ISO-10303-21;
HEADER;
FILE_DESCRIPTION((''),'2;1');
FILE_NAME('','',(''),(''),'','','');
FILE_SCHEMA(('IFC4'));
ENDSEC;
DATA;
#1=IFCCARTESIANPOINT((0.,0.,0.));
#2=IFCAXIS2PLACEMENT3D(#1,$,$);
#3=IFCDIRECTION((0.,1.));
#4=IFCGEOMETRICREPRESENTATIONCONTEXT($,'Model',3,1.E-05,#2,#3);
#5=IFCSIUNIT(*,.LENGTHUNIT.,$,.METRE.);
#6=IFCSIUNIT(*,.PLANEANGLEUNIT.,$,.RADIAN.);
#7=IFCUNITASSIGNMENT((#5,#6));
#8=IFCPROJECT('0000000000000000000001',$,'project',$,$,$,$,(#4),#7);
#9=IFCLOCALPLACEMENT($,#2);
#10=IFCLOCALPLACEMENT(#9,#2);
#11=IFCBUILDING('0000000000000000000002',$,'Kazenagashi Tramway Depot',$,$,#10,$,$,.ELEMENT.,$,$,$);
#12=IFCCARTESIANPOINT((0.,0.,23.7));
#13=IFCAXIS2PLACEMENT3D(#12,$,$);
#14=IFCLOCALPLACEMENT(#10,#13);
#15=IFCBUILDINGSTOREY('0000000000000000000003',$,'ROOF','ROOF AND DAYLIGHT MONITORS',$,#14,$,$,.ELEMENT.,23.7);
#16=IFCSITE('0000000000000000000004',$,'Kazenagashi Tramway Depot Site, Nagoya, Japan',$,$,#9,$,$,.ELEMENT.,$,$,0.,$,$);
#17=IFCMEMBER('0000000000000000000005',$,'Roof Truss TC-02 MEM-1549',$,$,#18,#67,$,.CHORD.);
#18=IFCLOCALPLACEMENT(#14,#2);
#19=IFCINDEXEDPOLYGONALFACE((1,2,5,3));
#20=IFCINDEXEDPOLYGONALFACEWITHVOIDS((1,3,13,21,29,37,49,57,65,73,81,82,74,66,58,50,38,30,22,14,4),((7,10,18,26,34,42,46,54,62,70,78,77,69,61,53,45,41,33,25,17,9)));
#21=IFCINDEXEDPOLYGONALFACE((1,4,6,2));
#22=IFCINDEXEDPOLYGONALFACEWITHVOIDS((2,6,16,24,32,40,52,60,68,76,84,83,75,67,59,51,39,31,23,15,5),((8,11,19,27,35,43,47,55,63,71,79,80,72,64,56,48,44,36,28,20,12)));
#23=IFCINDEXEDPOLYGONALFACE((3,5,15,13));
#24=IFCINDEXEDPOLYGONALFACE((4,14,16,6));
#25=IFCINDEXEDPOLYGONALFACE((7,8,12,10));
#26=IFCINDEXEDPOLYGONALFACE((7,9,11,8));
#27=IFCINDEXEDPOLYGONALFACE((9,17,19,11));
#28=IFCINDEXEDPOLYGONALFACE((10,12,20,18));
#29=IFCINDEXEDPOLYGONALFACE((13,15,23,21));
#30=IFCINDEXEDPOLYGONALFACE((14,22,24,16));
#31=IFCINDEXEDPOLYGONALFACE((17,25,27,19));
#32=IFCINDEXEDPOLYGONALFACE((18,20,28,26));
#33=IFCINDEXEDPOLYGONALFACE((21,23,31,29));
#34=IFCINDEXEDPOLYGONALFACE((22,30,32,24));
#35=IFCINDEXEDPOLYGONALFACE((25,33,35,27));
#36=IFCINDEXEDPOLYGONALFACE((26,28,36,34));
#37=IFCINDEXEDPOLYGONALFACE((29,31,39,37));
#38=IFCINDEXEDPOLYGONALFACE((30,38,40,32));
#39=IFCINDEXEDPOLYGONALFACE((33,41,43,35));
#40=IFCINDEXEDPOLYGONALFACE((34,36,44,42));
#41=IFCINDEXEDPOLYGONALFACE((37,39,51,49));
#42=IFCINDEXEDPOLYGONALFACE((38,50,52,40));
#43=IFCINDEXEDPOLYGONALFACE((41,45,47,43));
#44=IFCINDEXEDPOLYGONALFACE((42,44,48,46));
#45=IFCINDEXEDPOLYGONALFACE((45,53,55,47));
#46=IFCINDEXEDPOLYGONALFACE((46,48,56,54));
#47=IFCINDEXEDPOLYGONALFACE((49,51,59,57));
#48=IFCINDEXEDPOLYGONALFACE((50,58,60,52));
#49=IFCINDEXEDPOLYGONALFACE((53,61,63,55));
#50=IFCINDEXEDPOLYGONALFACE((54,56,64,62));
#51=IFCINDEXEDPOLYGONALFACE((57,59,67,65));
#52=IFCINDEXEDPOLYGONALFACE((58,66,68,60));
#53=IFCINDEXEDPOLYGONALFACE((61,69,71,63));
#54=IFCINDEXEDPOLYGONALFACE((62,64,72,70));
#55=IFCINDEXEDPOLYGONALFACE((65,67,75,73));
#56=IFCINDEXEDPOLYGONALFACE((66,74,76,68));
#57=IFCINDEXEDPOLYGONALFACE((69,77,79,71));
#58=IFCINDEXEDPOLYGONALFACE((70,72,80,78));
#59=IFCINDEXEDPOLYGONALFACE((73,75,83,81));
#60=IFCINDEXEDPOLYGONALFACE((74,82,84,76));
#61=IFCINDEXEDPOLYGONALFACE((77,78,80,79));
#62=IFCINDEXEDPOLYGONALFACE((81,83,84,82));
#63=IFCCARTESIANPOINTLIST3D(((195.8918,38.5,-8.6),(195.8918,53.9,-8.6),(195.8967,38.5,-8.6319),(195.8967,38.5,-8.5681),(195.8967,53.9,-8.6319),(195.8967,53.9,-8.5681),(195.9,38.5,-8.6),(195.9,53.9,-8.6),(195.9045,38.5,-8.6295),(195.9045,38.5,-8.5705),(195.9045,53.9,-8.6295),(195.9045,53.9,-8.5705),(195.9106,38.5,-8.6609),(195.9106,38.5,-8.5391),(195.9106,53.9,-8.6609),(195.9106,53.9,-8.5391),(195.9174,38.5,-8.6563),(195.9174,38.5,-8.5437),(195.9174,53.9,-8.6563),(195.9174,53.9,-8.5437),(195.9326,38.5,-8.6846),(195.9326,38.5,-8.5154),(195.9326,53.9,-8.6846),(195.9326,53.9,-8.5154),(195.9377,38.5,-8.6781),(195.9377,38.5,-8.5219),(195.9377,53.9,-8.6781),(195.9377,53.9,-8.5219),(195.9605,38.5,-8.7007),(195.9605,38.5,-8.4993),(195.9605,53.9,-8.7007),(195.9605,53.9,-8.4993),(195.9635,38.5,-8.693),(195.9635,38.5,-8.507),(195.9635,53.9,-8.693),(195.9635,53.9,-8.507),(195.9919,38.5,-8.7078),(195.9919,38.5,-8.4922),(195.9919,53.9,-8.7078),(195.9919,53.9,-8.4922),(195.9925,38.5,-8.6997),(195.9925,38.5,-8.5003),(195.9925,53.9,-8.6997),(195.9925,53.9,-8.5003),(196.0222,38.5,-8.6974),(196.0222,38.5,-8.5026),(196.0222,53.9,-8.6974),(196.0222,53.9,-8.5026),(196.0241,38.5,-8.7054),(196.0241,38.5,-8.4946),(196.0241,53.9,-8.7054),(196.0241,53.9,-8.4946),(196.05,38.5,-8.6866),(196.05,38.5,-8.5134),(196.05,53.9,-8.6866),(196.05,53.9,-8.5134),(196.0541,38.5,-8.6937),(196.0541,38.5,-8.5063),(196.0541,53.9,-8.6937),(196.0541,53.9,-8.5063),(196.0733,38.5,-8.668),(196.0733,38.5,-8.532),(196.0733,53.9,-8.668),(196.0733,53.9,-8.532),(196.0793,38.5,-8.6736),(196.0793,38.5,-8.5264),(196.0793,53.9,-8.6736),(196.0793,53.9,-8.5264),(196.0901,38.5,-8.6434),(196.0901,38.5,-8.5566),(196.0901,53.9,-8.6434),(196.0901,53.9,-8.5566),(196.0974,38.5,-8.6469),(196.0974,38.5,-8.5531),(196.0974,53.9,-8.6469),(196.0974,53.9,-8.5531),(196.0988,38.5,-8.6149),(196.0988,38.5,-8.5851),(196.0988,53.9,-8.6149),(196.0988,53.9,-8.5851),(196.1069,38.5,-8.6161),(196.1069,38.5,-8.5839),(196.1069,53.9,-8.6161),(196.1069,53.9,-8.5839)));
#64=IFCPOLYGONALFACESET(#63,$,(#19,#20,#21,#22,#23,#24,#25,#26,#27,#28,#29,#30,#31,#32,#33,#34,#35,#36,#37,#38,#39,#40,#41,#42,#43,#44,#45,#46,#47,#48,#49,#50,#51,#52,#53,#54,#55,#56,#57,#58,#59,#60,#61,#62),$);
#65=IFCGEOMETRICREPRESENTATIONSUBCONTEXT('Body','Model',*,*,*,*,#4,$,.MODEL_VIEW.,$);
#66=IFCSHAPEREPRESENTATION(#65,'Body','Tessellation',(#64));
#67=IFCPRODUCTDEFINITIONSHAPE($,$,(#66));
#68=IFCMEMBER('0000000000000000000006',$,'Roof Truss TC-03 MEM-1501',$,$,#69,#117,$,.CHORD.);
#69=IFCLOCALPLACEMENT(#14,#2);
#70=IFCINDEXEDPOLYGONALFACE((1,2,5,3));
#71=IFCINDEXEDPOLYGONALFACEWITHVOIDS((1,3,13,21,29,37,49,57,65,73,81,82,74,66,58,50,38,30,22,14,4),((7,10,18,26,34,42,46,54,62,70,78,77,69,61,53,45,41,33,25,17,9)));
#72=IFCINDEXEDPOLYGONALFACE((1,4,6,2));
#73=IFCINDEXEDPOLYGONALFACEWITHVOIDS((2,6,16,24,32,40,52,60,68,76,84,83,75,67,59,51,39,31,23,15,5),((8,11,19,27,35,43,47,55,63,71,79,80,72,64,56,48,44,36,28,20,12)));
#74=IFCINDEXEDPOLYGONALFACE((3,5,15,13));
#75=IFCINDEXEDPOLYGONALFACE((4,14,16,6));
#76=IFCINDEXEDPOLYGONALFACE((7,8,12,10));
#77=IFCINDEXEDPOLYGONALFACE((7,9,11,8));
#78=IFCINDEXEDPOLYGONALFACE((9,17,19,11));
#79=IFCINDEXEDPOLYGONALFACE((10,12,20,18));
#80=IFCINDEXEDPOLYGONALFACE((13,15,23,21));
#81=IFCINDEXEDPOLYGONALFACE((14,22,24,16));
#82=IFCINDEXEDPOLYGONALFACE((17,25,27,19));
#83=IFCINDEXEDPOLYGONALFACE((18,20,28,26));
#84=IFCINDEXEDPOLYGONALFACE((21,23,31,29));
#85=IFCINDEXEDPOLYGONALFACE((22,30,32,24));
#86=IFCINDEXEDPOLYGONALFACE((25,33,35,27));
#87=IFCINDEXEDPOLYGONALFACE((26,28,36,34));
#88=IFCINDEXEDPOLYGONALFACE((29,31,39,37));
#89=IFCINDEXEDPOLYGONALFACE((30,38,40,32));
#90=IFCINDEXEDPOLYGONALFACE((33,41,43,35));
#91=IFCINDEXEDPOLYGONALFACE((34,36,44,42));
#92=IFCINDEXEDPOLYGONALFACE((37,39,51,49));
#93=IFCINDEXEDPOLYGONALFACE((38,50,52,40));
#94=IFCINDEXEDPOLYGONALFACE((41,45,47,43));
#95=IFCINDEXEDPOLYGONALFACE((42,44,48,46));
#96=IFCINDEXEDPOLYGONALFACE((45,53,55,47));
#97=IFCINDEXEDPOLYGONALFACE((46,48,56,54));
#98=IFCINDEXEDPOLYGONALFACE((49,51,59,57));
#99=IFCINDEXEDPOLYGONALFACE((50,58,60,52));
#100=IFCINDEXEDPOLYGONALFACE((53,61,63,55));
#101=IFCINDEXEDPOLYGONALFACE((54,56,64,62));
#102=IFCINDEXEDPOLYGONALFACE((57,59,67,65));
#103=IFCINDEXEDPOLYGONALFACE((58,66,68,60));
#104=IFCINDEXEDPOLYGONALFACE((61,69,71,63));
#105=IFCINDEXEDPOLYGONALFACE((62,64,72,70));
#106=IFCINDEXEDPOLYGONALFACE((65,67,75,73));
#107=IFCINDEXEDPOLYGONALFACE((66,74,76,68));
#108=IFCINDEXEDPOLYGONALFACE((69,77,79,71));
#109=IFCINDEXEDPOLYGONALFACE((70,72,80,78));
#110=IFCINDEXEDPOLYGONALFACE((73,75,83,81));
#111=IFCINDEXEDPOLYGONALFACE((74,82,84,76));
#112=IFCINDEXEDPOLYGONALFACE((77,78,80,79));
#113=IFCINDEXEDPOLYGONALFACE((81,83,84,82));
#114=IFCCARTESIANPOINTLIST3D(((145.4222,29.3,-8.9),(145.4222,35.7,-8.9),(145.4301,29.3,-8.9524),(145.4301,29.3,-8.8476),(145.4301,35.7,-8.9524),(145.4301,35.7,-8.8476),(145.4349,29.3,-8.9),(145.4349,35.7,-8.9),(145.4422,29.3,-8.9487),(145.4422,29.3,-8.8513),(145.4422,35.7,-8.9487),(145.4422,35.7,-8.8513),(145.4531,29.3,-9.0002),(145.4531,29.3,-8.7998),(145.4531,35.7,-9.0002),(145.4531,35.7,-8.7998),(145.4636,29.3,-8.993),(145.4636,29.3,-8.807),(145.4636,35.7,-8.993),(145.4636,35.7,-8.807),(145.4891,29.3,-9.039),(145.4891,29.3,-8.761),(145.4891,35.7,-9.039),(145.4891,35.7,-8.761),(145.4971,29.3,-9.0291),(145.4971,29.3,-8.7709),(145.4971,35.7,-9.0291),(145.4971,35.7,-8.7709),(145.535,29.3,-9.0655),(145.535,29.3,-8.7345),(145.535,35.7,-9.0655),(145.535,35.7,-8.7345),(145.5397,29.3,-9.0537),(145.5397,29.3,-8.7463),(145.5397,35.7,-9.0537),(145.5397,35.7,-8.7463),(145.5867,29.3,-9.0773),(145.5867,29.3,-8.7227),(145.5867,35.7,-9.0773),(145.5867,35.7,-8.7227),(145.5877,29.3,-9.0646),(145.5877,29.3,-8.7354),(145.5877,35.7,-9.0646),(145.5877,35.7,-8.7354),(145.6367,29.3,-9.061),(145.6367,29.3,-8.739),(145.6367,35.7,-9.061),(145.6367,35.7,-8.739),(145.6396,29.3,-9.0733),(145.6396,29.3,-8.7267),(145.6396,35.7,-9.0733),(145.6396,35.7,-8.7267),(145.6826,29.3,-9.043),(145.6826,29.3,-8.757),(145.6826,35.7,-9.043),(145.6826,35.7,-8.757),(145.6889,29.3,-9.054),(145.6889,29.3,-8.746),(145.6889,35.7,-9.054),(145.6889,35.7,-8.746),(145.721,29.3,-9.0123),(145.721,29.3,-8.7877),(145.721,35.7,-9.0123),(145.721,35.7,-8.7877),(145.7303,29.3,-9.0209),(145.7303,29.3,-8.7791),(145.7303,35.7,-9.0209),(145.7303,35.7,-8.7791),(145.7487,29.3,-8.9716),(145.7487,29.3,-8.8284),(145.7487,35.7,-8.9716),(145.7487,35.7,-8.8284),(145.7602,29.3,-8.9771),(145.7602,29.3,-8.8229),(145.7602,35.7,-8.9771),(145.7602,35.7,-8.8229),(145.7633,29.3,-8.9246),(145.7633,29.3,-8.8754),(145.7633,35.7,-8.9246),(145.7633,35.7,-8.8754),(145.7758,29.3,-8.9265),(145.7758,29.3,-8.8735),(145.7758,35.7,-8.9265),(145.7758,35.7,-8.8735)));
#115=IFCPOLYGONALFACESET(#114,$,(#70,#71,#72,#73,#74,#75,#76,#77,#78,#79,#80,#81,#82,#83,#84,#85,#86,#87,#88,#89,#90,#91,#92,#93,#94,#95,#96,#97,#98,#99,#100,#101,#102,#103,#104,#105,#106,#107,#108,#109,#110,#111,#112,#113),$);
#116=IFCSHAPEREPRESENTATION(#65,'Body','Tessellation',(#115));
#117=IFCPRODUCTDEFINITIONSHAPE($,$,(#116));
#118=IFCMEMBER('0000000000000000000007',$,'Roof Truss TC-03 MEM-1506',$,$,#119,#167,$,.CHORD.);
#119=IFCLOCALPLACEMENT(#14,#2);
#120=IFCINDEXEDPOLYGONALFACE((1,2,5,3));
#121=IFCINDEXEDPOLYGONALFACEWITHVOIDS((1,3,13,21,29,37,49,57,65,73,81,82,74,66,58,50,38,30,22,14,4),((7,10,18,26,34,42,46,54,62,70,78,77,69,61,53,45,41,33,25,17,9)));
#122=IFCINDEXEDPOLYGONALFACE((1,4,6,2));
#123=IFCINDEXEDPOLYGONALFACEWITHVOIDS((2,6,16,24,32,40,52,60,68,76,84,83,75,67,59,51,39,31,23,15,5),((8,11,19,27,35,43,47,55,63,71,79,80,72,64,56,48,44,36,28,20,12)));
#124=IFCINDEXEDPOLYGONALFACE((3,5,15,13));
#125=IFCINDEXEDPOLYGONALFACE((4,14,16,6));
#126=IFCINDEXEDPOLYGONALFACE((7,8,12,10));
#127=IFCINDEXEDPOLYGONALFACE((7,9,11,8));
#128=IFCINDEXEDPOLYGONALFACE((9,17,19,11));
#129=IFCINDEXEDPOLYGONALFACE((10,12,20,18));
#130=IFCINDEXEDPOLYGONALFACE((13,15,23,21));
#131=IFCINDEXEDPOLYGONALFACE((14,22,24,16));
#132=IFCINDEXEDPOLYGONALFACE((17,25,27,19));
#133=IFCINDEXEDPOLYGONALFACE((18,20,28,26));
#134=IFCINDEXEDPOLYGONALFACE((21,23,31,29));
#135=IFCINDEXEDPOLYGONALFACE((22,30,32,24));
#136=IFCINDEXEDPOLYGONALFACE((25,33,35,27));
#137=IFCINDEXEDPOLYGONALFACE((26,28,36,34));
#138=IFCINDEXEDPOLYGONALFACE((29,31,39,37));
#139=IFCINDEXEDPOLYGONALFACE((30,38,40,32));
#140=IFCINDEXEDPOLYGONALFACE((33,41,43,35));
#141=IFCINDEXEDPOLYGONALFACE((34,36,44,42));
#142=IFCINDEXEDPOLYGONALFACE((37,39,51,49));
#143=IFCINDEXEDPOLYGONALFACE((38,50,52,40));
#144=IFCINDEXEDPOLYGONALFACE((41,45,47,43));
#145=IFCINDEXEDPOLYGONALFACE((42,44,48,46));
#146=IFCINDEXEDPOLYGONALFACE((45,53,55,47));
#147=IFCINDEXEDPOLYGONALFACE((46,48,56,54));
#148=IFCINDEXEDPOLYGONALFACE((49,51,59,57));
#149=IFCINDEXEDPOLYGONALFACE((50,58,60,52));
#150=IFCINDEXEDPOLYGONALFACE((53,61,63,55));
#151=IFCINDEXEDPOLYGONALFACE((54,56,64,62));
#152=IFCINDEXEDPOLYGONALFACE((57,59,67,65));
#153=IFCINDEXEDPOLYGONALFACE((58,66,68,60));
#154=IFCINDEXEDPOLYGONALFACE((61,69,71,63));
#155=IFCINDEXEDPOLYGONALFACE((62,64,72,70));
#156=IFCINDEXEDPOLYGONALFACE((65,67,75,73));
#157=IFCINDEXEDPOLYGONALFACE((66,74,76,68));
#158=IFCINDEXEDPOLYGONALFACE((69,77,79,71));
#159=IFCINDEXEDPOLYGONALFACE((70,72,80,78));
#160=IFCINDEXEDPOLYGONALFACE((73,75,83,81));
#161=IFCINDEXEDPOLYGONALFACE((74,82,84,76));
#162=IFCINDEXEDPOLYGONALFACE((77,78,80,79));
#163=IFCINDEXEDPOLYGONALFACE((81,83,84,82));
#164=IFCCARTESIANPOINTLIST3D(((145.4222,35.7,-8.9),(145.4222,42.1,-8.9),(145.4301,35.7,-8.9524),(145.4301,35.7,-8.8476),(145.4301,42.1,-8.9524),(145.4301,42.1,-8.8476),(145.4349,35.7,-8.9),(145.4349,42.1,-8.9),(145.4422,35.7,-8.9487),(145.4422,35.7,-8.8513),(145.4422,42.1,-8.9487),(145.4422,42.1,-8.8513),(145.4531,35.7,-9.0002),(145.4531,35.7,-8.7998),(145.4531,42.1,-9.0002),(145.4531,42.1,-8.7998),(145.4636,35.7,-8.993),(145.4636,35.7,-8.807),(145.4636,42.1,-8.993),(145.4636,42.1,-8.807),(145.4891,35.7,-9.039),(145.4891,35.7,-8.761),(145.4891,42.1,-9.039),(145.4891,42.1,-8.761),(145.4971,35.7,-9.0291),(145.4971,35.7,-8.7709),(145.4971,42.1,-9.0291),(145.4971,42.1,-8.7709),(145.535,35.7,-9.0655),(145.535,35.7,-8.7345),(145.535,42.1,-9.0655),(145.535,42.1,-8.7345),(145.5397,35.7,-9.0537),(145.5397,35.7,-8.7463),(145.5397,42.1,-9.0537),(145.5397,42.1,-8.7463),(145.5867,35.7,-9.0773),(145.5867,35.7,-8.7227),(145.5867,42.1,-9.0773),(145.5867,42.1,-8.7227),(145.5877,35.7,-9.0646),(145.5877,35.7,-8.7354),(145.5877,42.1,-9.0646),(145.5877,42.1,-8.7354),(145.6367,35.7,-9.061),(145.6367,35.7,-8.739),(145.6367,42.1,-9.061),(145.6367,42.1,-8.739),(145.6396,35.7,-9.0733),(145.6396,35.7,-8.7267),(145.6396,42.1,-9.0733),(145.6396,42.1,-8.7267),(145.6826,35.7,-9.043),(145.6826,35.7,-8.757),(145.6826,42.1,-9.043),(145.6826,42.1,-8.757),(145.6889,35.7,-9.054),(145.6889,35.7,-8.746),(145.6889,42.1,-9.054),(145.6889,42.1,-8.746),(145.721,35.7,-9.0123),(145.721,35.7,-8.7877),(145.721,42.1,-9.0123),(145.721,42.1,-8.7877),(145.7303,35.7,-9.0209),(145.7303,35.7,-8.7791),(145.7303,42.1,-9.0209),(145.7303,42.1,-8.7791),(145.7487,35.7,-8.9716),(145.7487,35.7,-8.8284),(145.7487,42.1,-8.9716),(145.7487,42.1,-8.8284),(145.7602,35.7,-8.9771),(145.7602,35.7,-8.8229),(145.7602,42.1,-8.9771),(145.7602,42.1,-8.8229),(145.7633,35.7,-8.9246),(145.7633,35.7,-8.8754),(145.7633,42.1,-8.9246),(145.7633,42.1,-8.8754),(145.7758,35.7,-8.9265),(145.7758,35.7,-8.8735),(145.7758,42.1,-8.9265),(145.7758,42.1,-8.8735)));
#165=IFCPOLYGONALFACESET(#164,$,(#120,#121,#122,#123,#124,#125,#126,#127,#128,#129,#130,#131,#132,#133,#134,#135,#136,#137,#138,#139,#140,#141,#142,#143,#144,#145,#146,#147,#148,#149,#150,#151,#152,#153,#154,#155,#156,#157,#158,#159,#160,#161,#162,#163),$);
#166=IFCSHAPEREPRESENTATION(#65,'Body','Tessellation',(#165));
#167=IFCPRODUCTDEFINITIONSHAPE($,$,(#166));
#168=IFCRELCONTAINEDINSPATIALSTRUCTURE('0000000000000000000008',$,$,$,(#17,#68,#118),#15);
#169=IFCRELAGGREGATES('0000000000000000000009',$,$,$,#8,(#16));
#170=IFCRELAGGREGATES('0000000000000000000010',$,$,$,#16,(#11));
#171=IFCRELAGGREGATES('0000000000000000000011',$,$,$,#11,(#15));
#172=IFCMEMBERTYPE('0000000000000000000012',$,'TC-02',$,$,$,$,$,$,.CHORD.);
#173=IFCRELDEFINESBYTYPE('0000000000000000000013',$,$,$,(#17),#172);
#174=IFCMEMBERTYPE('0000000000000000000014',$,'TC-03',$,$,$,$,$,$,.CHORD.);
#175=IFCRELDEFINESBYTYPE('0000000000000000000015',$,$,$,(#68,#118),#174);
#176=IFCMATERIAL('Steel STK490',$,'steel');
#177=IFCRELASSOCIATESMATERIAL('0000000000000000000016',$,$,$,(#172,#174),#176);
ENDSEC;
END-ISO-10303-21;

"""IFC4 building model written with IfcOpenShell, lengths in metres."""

from ifc_helpers import new_model, si_unit, direction, frame, origin, origin_2d, place, context, subcontext, project, spatial, hollow_circle, extrude, material, material_profile, profile_set, type_object, element, save


model = new_model("IFC4")

# Units and contexts
model_context = context("Model", 3, precision=1e-05, world=origin(), true_north=direction((0.0, 1.0)))
body_context = subcontext(model_context, "Body", "Model", "MODEL_VIEW")
ifc_project = project(units=[si_unit("LENGTHUNIT", "METRE"), si_unit("PLANEANGLEUNIT", "RADIAN")], contexts=[model_context])

# Site, building, storey
site_placement = place(None, origin())
site = spatial("IfcSite", under=ifc_project, at=site_placement, Name="Kazenagashi Tramway Depot Site, Nagoya, Japan", CompositionType="ELEMENT", RefElevation=0.0)
building_placement = place(site_placement, origin())
building = spatial("IfcBuilding", under=site, at=building_placement, Name="Kazenagashi Tramway Depot", CompositionType="ELEMENT")
storey_placement = place(building_placement, frame((0.0, 0.0, 23.7)))
storey = spatial("IfcBuildingStorey", under=building, at=storey_placement, Name="ROOF", Description="ROOF AND DAYLIGHT MONITORS", CompositionType="ELEMENT", Elevation=23.7)

# Members
ifc_material_1 = material(Name="Steel STK490", Category="steel")
ifc_material_profile_1 = material_profile(ifc_material_1, hollow_circle(Radius=0.1081, WallThickness=0.0082, at=origin_2d()), Name="CHS-216.3x8.2")
ifc_profile_set_1 = profile_set([ifc_material_profile_1], Name="Steel STK490")
member_type_1 = type_object("IfcMemberType", Name="TC-02", PredefinedType="CHORD", material=ifc_profile_set_1)
for number, where, z_axis, x_axis, name in (
    (1, (196.0, 38.5, -8.6), (0.0, 1.0, 0.0), (-1.0, 0.0, 0.0), "Roof Truss TC-02 MEM-1549"),
):
    element("IfcMember", number, at=place(storey_placement, frame(where, z_axis=z_axis, x_axis=x_axis)), inside=storey, type_object=member_type_1, Name=name, PredefinedType="CHORD", context=body_context, shape_type="SweptSolid", body=[
        extrude(hollow_circle(Radius=0.1081, WallThickness=0.0082, at=origin_2d()), origin(), (0.0, 0.0, 1.0), 15.4),
    ])
ifc_material_profile_2 = material_profile(ifc_material_1, hollow_circle(Radius=0.1778, WallThickness=0.0127, at=origin_2d()), Name="CHS-355.6x12.7")
ifc_profile_set_2 = profile_set([ifc_material_profile_2], Name="Steel STK490")
member_type_2 = type_object("IfcMemberType", Name="TC-03", PredefinedType="CHORD", material=ifc_profile_set_2)
for number, where, z_axis, x_axis, name in (
    (2, (145.6, 29.3, -8.9), (0.0, 1.0, 0.0), (-1.0, 0.0, 0.0), "Roof Truss TC-03 MEM-1501"),
    (3, (145.6, 35.7, -8.9), (0.0, 1.0, 0.0), (-1.0, 0.0, 0.0), "Roof Truss TC-03 MEM-1506"),
):
    element("IfcMember", number, at=place(storey_placement, frame(where, z_axis=z_axis, x_axis=x_axis)), inside=storey, type_object=member_type_2, Name=name, PredefinedType="CHORD", context=body_context, shape_type="SweptSolid", body=[
        extrude(hollow_circle(Radius=0.1778, WallThickness=0.0127, at=origin_2d()), origin(), (0.0, 0.0, 1.0), 6.4),
    ])

save(model, "model.ifc")
